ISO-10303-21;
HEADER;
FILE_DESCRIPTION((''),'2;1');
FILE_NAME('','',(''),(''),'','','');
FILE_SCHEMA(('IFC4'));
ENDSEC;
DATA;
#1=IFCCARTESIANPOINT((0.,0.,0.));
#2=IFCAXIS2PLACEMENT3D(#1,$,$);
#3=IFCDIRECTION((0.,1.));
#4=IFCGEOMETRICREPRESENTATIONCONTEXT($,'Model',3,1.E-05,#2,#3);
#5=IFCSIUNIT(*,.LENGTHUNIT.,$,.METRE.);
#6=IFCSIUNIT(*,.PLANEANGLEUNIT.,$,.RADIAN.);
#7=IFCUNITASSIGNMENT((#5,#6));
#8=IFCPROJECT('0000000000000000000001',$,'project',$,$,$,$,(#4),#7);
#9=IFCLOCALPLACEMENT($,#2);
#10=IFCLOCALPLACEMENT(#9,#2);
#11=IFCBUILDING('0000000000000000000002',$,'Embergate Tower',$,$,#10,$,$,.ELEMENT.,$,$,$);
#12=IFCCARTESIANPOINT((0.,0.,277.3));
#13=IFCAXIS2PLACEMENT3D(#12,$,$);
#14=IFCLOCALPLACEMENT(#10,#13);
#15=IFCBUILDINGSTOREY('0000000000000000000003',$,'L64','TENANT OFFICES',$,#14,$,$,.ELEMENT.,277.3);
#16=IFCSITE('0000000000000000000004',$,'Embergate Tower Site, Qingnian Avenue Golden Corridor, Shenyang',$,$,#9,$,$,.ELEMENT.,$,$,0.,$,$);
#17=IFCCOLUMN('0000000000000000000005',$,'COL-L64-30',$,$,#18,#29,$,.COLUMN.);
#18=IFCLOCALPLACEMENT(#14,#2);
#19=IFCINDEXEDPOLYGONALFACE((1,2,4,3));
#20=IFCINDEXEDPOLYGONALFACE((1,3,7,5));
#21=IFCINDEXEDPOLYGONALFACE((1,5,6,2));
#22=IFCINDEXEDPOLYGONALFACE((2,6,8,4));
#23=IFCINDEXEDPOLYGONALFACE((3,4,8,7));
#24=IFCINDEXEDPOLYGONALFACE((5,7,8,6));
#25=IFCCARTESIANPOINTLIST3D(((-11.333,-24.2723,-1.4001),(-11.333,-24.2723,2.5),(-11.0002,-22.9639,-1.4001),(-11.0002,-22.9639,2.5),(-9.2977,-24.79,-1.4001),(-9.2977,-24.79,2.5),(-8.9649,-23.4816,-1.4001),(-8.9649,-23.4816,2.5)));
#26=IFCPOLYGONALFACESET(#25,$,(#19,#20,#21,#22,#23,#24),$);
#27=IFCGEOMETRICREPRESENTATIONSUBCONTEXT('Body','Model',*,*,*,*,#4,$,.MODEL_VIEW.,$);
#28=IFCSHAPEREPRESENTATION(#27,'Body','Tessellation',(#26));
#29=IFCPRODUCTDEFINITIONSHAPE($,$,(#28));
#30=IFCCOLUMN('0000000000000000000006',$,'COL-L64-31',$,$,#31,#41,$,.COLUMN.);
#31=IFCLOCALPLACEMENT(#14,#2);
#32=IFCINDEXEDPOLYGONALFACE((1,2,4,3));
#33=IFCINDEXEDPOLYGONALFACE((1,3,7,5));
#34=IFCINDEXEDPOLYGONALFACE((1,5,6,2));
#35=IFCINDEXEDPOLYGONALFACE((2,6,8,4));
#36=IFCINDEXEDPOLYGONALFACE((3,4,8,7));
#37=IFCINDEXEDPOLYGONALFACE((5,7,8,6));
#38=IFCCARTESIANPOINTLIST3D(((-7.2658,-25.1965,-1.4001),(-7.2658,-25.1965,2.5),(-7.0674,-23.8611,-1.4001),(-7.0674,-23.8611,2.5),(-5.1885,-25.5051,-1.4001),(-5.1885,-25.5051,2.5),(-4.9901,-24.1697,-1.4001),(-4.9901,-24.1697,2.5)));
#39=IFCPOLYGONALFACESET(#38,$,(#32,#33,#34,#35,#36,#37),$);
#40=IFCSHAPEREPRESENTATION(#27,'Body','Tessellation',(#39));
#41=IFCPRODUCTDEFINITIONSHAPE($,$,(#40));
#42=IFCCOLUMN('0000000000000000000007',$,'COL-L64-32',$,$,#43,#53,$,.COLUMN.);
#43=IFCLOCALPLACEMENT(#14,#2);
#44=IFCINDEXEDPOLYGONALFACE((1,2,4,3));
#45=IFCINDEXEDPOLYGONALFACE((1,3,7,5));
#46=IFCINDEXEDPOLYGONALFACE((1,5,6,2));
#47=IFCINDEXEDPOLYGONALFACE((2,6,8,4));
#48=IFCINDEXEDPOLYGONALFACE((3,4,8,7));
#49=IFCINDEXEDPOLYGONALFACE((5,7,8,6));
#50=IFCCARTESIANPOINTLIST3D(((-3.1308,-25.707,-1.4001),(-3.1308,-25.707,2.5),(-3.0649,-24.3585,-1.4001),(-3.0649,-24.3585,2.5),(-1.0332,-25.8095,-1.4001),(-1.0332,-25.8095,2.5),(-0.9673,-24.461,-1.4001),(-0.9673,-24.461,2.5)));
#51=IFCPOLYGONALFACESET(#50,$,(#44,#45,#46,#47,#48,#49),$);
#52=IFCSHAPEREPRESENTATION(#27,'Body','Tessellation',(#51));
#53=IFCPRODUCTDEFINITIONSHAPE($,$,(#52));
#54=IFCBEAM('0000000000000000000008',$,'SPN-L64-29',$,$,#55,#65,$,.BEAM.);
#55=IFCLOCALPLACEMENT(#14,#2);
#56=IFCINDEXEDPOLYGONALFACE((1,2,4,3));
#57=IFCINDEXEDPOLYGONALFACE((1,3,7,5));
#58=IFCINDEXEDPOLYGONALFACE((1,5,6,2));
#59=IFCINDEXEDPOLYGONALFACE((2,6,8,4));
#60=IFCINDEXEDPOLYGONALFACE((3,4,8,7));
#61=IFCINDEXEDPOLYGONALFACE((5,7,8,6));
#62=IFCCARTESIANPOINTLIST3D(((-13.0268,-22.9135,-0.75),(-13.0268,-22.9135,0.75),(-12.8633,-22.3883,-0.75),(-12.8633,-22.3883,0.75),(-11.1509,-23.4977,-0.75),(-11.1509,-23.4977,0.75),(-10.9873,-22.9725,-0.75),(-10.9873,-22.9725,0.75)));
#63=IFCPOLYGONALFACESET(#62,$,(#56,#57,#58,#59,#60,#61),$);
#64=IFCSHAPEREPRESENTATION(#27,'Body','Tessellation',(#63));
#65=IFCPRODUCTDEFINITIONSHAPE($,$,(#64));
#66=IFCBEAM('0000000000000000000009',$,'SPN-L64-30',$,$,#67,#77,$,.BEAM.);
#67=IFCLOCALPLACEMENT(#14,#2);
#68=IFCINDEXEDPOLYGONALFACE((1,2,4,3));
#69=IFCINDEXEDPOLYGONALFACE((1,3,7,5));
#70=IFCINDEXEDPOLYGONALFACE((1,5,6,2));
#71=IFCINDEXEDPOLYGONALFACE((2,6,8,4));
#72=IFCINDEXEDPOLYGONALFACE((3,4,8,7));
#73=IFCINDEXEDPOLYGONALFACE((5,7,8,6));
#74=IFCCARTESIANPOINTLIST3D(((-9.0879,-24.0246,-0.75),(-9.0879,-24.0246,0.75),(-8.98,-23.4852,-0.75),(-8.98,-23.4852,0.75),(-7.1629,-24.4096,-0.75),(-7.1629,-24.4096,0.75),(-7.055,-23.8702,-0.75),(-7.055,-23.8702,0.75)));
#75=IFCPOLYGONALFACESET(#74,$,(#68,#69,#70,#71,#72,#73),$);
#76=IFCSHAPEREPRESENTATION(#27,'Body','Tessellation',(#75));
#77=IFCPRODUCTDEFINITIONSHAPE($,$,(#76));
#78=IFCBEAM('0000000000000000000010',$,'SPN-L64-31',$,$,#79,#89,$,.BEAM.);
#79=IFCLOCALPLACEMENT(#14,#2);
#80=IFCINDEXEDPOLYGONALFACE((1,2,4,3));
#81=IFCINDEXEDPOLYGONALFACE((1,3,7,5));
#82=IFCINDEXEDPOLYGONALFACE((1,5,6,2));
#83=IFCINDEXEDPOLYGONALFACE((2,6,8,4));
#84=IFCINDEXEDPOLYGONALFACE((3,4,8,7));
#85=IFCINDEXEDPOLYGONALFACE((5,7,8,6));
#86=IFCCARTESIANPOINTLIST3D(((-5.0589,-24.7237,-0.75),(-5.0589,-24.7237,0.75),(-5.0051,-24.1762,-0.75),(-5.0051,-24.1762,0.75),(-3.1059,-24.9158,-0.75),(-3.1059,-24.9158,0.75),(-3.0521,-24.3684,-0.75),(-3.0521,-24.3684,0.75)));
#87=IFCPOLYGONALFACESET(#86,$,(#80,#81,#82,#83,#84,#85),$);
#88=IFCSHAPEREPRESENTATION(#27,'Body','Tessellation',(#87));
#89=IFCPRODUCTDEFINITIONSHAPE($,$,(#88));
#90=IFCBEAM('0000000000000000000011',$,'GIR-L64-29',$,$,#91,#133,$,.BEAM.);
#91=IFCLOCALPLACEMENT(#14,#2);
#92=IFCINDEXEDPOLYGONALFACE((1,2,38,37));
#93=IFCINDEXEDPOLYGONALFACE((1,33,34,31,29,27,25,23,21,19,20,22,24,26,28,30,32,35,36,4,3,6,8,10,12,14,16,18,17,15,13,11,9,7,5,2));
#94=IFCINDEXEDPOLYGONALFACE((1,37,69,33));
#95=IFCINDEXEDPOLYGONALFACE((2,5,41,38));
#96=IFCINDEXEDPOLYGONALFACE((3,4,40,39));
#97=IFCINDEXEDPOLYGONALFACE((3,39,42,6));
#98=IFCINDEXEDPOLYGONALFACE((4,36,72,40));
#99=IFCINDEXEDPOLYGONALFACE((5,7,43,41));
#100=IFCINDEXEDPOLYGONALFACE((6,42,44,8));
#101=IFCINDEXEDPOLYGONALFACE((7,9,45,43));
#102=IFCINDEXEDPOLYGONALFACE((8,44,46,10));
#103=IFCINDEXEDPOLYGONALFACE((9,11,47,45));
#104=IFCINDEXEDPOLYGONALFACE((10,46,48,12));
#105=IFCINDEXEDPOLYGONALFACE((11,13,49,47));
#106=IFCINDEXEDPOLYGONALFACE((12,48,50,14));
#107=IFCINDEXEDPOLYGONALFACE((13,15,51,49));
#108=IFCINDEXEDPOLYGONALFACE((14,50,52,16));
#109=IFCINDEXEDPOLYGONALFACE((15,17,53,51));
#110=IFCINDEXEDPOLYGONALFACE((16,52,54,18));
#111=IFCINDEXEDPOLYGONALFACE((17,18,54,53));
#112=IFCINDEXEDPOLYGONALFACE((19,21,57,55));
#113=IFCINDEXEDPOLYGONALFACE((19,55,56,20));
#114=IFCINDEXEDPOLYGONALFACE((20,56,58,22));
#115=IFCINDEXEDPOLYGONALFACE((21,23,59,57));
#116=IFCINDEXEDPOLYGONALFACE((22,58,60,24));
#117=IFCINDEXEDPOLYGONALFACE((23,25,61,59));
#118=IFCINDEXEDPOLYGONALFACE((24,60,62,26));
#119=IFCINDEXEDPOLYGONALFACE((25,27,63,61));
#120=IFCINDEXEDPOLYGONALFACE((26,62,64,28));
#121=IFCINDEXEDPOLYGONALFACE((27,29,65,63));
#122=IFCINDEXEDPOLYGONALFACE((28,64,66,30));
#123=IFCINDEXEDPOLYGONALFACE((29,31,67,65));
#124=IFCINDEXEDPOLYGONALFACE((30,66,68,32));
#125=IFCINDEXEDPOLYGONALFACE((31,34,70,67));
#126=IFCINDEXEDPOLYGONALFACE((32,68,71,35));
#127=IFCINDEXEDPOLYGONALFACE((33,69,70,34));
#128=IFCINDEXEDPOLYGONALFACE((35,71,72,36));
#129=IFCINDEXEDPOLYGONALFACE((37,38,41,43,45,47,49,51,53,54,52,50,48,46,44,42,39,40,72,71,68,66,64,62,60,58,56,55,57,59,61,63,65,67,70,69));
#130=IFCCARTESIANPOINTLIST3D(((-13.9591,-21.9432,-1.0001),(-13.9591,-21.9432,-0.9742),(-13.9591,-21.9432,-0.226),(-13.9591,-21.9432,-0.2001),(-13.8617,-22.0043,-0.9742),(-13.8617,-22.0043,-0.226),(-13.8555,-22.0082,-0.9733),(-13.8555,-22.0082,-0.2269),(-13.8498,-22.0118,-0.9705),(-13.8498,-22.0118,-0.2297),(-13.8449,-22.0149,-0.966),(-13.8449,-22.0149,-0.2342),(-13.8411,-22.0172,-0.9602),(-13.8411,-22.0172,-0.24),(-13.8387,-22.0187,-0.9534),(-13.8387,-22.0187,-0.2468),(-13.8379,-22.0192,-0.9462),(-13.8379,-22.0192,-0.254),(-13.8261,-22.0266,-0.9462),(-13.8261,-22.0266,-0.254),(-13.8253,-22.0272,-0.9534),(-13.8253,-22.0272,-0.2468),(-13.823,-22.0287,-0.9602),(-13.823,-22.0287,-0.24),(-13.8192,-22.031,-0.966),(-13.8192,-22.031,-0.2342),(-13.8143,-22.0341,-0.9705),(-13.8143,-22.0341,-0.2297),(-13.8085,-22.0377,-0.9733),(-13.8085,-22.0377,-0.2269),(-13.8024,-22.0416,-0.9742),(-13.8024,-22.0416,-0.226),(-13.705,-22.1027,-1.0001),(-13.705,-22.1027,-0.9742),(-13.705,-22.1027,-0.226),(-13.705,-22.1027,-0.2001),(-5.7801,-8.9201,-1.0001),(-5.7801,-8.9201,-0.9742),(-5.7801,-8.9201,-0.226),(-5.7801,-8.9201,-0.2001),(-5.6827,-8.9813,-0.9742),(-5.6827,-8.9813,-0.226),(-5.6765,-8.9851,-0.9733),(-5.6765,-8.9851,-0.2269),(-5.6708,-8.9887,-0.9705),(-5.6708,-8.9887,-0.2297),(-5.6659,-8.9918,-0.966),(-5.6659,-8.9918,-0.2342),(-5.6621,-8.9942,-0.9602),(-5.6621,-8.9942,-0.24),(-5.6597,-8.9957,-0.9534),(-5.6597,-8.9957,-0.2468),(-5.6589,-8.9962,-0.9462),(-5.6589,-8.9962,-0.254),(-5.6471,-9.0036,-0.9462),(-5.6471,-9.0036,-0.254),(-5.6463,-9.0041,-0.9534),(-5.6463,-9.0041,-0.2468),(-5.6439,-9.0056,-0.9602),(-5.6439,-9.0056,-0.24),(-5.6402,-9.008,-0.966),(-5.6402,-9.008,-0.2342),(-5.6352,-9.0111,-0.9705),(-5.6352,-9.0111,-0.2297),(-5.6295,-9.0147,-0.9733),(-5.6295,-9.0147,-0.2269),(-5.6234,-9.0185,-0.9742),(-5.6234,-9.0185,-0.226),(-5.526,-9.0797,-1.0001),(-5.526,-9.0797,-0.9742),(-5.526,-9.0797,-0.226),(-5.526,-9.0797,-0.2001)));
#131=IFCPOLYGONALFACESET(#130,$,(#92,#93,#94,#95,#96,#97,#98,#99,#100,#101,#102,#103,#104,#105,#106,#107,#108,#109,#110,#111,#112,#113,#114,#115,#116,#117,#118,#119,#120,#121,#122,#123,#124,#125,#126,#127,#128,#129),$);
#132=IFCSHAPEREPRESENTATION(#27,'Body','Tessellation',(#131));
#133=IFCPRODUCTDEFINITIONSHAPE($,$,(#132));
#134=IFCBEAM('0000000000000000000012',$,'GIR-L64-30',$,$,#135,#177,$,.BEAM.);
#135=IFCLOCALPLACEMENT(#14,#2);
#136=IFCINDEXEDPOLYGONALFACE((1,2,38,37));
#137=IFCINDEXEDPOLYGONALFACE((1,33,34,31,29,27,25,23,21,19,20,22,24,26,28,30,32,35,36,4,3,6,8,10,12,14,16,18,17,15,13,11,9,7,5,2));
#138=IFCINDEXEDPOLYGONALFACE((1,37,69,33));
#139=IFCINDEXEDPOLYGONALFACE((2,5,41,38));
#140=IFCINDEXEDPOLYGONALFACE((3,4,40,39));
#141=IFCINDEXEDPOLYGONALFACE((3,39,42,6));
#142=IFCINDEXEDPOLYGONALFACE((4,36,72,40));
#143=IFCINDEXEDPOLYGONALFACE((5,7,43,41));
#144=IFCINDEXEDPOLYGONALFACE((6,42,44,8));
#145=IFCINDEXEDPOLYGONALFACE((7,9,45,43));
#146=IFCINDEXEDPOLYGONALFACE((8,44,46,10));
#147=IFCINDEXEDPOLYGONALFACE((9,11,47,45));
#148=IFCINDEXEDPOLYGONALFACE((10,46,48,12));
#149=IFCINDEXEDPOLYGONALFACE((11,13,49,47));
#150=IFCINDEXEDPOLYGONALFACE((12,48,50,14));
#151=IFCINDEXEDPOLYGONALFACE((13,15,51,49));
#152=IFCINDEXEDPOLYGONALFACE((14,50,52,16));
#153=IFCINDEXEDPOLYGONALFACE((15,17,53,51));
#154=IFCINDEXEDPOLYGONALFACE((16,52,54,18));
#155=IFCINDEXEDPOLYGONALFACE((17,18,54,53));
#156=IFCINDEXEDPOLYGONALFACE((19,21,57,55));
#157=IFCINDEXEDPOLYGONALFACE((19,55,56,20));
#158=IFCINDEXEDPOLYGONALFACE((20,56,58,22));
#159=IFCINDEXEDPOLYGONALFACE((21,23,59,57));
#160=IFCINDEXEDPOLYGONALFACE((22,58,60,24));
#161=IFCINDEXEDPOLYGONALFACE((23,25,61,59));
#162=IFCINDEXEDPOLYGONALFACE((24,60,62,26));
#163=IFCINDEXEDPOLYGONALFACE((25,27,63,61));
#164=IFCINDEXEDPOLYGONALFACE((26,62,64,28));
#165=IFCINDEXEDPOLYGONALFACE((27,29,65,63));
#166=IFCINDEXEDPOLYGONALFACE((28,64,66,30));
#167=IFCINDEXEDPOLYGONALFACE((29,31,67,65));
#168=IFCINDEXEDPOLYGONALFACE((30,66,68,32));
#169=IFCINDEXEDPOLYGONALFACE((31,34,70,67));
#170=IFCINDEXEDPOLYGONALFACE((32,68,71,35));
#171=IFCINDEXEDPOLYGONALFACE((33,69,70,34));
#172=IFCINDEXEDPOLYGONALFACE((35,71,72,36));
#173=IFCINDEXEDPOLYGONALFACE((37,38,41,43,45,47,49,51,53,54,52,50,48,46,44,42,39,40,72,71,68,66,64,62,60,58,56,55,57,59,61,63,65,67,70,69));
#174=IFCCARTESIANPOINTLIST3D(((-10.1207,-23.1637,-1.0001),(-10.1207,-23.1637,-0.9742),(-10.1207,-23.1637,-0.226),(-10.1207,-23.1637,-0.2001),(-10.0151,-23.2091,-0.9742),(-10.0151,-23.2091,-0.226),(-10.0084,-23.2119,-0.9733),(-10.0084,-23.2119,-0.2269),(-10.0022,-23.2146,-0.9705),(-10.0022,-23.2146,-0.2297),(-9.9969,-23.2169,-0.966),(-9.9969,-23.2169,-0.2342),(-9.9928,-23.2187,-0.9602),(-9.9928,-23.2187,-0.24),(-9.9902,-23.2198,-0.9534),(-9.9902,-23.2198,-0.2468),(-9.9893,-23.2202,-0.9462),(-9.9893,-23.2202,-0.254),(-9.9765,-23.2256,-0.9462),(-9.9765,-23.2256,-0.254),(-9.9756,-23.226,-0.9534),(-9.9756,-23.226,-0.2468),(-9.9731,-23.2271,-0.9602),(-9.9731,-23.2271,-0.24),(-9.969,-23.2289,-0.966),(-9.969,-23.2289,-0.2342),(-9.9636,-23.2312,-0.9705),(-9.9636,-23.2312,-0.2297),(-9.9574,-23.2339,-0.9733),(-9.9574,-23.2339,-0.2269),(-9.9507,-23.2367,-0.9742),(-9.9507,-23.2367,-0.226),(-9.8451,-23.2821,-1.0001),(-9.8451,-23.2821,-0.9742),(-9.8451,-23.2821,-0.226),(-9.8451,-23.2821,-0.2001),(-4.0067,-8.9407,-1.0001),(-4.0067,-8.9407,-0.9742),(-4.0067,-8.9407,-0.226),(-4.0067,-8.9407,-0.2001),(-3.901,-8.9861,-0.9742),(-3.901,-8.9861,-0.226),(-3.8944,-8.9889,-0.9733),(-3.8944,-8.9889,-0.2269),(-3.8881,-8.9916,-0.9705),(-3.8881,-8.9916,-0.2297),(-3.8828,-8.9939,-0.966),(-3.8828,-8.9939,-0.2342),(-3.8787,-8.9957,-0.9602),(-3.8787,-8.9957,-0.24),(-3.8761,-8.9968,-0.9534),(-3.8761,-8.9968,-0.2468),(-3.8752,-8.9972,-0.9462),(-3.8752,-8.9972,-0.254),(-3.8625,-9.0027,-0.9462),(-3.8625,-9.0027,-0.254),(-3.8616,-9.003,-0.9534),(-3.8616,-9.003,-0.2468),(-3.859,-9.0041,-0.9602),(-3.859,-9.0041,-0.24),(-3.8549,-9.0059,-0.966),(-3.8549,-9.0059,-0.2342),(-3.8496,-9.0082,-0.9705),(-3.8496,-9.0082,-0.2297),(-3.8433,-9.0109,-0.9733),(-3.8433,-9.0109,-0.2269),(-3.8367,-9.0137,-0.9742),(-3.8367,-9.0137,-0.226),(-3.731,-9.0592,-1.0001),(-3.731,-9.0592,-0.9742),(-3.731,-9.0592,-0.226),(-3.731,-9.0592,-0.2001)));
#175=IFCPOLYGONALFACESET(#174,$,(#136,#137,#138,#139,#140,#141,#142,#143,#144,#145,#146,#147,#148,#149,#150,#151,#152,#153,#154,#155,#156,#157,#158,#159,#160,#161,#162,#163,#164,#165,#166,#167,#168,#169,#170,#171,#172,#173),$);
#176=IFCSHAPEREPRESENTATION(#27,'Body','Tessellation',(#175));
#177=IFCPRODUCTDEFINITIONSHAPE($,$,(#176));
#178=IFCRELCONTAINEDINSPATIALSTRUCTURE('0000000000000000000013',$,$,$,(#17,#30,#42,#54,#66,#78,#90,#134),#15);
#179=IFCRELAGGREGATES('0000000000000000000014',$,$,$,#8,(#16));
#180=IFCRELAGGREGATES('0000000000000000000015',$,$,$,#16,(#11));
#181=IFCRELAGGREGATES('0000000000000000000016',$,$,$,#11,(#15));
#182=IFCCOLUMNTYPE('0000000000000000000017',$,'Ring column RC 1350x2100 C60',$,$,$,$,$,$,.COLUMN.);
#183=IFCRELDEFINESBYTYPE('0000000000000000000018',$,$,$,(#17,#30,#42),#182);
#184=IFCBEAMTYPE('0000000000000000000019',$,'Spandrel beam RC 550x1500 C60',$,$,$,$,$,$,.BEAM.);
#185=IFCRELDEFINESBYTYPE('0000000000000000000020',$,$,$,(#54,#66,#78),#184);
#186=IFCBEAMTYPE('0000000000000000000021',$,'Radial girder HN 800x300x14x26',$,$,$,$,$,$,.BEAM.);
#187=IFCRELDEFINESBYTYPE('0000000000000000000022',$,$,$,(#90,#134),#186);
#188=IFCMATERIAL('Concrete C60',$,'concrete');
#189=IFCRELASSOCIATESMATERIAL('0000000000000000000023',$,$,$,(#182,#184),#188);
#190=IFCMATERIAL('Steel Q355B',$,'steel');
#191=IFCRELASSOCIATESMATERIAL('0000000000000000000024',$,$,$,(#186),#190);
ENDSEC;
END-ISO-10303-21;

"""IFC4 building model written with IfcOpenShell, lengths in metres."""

from ifc_helpers import new_model, si_unit, direction, frame, origin, origin_2d, place, context, subcontext, project, spatial, rectangle, i_section, extrude, source, transform, mapped, material, material_profile, profile_set, type_object, element, save


model = new_model("IFC4")

# Units and contexts
model_context = context("Model", 3, precision=1e-05, world=origin(), true_north=direction((0.0, 1.0)))
body_context = subcontext(model_context, "Body", "Model", "MODEL_VIEW")
ifc_project = project(units=[si_unit("LENGTHUNIT", "METRE"), si_unit("PLANEANGLEUNIT", "RADIAN")], contexts=[model_context])

# Site, building, storey
site_placement = place(None, origin())
site = spatial("IfcSite", under=ifc_project, at=site_placement, Name="Embergate Tower Site, Qingnian Avenue Golden Corridor, Shenyang", CompositionType="ELEMENT", RefElevation=0.0)
building_placement = place(site_placement, origin())
building = spatial("IfcBuilding", under=site, at=building_placement, Name="Embergate Tower", CompositionType="ELEMENT")
storey_placement = place(building_placement, frame((0.0, 0.0, 277.3)))
storey = spatial("IfcBuildingStorey", under=building, at=storey_placement, Name="L64", Description="TENANT OFFICES", CompositionType="ELEMENT", Elevation=277.3)

# Columns
ifc_material_1 = material(Name="Concrete C60", Category="concrete")
ifc_material_profile_1 = material_profile(ifc_material_1, rectangle(XDim=1.3501, YDim=2.1001, at=origin_2d()), Name="RC 1350x2100")
ifc_profile_set_1 = profile_set([ifc_material_profile_1], Name="Concrete C60")
column_type = type_object("IfcColumnType", Name="Ring column RC 1350x2100 C60", PredefinedType="COLUMN", material=ifc_profile_set_1)
shared_shape_1 = source(origin(), body_context, "Body", "SweptSolid", [
    extrude(rectangle(XDim=1.3501, YDim=2.1001, at=origin_2d()), origin(), (0.0, 0.0, 1.0), 3.9001),
])
for number, where, z_axis, x_axis, name in (
    (1, (-10.1489, -23.877, -1.4001), (0.0, 0.0, 1.0), (-0.246492, -0.969145, 0.0), "COL-L64-30"),
    (2, (-6.1279, -24.6831, -1.4001), (0.0, 0.0, 1.0), (-0.146929, -0.989147, 0.0), "COL-L64-31"),
    (3, (-2.0491, -25.084, -1.4001), (0.0, 0.0, 1.0), (-0.048815, -0.998808, 0.0), "COL-L64-32"),
):
    element("IfcColumn", number, at=place(storey_placement, frame(where, z_axis=z_axis, x_axis=x_axis)), inside=storey, type_object=column_type, Name=name, PredefinedType="COLUMN", context=body_context, shape_type="MappedRepresentation", body=[
        mapped(shared_shape_1, transform((0.0, 0.0, 0.0))),
    ])

# Beams
ifc_material_profile_2 = material_profile(ifc_material_1, rectangle(XDim=0.55, YDim=1.5, at=origin_2d()), Name="RC 550x1500")
ifc_profile_set_2 = profile_set([ifc_material_profile_2], Name="Concrete C60")
beam_type_1 = type_object("IfcBeamType", Name="Spandrel beam RC 550x1500 C60", PredefinedType="BEAM", material=ifc_profile_set_2)
shared_shape_2 = source(origin(), body_context, "Body", "SweptSolid", [
    extrude(rectangle(XDim=0.55, YDim=1.5, at=origin_2d()), origin(), (0.0, 0.0, 1.0), 1.9648),
])
beam_1_placement = place(storey_placement, frame((-12.9451, -22.6509, 0.0), z_axis=(0.954771, -0.297341, 0.0), x_axis=(0.297341, 0.954771, 0.0)))
element("IfcBeam", 4, at=beam_1_placement, inside=storey, type_object=beam_type_1, Name="SPN-L64-29", PredefinedType="BEAM", context=body_context, shape_type="MappedRepresentation", body=[
    mapped(shared_shape_2, transform((0.0, 0.0, 0.0))),
])
shared_shape_3 = source(origin(), body_context, "Body", "SweptSolid", [
    extrude(rectangle(XDim=0.55, YDim=1.5, at=origin_2d()), origin(), (0.0, 0.0, 1.0), 1.9631),
])
beam_2_placement = place(storey_placement, frame((-9.0339, -23.7549, 0.0), z_axis=(0.980581, -0.196116, 0.0), x_axis=(0.196116, 0.980581, 0.0)))
element("IfcBeam", 5, at=beam_2_placement, inside=storey, type_object=beam_type_1, Name="SPN-L64-30", PredefinedType="BEAM", context=body_context, shape_type="MappedRepresentation", body=[
    mapped(shared_shape_3, transform((0.0, 0.0, 0.0))),
])
shared_shape_4 = source(origin(), body_context, "Body", "SweptSolid", [
    extrude(rectangle(XDim=0.55, YDim=1.5, at=origin_2d()), origin(), (0.0, 0.0, 1.0), 1.9624),
])
beam_3_placement = place(storey_placement, frame((-5.032, -24.45, 0.0), z_axis=(0.995195, -0.097915, 0.0), x_axis=(0.097915, 0.995195, 0.0)))
element("IfcBeam", 6, at=beam_3_placement, inside=storey, type_object=beam_type_1, Name="SPN-L64-31", PredefinedType="BEAM", context=body_context, shape_type="MappedRepresentation", body=[
    mapped(shared_shape_4, transform((0.0, 0.0, 0.0))),
])
ifc_material_2 = material(Name="Steel Q355B", Category="steel")
ifc_material_profile_3 = material_profile(ifc_material_2, i_section(OverallWidth=0.3, OverallDepth=0.8, WebThickness=0.0139, FlangeThickness=0.0259, FilletRadius=0.0281, at=origin_2d()), Name="HN 800x300x14x26")
ifc_profile_set_3 = profile_set([ifc_material_profile_3], Name="Steel Q355 grade B")
beam_type_2 = type_object("IfcBeamType", Name="Radial girder HN 800x300x14x26", PredefinedType="BEAM", material=ifc_profile_set_3)
shared_shape_5 = source(origin(), body_context, "Body", "SweptSolid", [
    extrude(i_section(OverallWidth=0.3, OverallDepth=0.8, WebThickness=0.0139, FlangeThickness=0.0259, FilletRadius=0.0281, at=origin_2d()), origin(), (0.0, 0.0, 1.0), 15.3784),
])
beam_4_placement = place(storey_placement, frame((-13.832, -22.0229, -0.6001), z_axis=(0.53185, 0.846839, 0.0), x_axis=(-0.846839, 0.53185, 0.0)))
element("IfcBeam", 7, at=beam_4_placement, inside=storey, type_object=beam_type_2, Name="GIR-L64-29", PredefinedType="BEAM", context=body_context, shape_type="MappedRepresentation", body=[
    mapped(shared_shape_5, transform((0.0, 0.0, 0.0))),
])
shared_shape_6 = source(origin(), body_context, "Body", "SweptSolid", [
    extrude(i_section(OverallWidth=0.3, OverallDepth=0.8, WebThickness=0.0139, FlangeThickness=0.0259, FilletRadius=0.0281, at=origin_2d()), origin(), (0.0, 0.0, 1.0), 15.4814),
])
beam_5_placement = place(storey_placement, frame((-9.9829, -23.2229, -0.6001), z_axis=(0.394928, 0.918712, 0.0), x_axis=(-0.918712, 0.394928, 0.0)))
element("IfcBeam", 8, at=beam_5_placement, inside=storey, type_object=beam_type_2, Name="GIR-L64-30", PredefinedType="BEAM", context=body_context, shape_type="MappedRepresentation", body=[
    mapped(shared_shape_6, transform((0.0, 0.0, 0.0))),
])

save(model, "model.ifc")
